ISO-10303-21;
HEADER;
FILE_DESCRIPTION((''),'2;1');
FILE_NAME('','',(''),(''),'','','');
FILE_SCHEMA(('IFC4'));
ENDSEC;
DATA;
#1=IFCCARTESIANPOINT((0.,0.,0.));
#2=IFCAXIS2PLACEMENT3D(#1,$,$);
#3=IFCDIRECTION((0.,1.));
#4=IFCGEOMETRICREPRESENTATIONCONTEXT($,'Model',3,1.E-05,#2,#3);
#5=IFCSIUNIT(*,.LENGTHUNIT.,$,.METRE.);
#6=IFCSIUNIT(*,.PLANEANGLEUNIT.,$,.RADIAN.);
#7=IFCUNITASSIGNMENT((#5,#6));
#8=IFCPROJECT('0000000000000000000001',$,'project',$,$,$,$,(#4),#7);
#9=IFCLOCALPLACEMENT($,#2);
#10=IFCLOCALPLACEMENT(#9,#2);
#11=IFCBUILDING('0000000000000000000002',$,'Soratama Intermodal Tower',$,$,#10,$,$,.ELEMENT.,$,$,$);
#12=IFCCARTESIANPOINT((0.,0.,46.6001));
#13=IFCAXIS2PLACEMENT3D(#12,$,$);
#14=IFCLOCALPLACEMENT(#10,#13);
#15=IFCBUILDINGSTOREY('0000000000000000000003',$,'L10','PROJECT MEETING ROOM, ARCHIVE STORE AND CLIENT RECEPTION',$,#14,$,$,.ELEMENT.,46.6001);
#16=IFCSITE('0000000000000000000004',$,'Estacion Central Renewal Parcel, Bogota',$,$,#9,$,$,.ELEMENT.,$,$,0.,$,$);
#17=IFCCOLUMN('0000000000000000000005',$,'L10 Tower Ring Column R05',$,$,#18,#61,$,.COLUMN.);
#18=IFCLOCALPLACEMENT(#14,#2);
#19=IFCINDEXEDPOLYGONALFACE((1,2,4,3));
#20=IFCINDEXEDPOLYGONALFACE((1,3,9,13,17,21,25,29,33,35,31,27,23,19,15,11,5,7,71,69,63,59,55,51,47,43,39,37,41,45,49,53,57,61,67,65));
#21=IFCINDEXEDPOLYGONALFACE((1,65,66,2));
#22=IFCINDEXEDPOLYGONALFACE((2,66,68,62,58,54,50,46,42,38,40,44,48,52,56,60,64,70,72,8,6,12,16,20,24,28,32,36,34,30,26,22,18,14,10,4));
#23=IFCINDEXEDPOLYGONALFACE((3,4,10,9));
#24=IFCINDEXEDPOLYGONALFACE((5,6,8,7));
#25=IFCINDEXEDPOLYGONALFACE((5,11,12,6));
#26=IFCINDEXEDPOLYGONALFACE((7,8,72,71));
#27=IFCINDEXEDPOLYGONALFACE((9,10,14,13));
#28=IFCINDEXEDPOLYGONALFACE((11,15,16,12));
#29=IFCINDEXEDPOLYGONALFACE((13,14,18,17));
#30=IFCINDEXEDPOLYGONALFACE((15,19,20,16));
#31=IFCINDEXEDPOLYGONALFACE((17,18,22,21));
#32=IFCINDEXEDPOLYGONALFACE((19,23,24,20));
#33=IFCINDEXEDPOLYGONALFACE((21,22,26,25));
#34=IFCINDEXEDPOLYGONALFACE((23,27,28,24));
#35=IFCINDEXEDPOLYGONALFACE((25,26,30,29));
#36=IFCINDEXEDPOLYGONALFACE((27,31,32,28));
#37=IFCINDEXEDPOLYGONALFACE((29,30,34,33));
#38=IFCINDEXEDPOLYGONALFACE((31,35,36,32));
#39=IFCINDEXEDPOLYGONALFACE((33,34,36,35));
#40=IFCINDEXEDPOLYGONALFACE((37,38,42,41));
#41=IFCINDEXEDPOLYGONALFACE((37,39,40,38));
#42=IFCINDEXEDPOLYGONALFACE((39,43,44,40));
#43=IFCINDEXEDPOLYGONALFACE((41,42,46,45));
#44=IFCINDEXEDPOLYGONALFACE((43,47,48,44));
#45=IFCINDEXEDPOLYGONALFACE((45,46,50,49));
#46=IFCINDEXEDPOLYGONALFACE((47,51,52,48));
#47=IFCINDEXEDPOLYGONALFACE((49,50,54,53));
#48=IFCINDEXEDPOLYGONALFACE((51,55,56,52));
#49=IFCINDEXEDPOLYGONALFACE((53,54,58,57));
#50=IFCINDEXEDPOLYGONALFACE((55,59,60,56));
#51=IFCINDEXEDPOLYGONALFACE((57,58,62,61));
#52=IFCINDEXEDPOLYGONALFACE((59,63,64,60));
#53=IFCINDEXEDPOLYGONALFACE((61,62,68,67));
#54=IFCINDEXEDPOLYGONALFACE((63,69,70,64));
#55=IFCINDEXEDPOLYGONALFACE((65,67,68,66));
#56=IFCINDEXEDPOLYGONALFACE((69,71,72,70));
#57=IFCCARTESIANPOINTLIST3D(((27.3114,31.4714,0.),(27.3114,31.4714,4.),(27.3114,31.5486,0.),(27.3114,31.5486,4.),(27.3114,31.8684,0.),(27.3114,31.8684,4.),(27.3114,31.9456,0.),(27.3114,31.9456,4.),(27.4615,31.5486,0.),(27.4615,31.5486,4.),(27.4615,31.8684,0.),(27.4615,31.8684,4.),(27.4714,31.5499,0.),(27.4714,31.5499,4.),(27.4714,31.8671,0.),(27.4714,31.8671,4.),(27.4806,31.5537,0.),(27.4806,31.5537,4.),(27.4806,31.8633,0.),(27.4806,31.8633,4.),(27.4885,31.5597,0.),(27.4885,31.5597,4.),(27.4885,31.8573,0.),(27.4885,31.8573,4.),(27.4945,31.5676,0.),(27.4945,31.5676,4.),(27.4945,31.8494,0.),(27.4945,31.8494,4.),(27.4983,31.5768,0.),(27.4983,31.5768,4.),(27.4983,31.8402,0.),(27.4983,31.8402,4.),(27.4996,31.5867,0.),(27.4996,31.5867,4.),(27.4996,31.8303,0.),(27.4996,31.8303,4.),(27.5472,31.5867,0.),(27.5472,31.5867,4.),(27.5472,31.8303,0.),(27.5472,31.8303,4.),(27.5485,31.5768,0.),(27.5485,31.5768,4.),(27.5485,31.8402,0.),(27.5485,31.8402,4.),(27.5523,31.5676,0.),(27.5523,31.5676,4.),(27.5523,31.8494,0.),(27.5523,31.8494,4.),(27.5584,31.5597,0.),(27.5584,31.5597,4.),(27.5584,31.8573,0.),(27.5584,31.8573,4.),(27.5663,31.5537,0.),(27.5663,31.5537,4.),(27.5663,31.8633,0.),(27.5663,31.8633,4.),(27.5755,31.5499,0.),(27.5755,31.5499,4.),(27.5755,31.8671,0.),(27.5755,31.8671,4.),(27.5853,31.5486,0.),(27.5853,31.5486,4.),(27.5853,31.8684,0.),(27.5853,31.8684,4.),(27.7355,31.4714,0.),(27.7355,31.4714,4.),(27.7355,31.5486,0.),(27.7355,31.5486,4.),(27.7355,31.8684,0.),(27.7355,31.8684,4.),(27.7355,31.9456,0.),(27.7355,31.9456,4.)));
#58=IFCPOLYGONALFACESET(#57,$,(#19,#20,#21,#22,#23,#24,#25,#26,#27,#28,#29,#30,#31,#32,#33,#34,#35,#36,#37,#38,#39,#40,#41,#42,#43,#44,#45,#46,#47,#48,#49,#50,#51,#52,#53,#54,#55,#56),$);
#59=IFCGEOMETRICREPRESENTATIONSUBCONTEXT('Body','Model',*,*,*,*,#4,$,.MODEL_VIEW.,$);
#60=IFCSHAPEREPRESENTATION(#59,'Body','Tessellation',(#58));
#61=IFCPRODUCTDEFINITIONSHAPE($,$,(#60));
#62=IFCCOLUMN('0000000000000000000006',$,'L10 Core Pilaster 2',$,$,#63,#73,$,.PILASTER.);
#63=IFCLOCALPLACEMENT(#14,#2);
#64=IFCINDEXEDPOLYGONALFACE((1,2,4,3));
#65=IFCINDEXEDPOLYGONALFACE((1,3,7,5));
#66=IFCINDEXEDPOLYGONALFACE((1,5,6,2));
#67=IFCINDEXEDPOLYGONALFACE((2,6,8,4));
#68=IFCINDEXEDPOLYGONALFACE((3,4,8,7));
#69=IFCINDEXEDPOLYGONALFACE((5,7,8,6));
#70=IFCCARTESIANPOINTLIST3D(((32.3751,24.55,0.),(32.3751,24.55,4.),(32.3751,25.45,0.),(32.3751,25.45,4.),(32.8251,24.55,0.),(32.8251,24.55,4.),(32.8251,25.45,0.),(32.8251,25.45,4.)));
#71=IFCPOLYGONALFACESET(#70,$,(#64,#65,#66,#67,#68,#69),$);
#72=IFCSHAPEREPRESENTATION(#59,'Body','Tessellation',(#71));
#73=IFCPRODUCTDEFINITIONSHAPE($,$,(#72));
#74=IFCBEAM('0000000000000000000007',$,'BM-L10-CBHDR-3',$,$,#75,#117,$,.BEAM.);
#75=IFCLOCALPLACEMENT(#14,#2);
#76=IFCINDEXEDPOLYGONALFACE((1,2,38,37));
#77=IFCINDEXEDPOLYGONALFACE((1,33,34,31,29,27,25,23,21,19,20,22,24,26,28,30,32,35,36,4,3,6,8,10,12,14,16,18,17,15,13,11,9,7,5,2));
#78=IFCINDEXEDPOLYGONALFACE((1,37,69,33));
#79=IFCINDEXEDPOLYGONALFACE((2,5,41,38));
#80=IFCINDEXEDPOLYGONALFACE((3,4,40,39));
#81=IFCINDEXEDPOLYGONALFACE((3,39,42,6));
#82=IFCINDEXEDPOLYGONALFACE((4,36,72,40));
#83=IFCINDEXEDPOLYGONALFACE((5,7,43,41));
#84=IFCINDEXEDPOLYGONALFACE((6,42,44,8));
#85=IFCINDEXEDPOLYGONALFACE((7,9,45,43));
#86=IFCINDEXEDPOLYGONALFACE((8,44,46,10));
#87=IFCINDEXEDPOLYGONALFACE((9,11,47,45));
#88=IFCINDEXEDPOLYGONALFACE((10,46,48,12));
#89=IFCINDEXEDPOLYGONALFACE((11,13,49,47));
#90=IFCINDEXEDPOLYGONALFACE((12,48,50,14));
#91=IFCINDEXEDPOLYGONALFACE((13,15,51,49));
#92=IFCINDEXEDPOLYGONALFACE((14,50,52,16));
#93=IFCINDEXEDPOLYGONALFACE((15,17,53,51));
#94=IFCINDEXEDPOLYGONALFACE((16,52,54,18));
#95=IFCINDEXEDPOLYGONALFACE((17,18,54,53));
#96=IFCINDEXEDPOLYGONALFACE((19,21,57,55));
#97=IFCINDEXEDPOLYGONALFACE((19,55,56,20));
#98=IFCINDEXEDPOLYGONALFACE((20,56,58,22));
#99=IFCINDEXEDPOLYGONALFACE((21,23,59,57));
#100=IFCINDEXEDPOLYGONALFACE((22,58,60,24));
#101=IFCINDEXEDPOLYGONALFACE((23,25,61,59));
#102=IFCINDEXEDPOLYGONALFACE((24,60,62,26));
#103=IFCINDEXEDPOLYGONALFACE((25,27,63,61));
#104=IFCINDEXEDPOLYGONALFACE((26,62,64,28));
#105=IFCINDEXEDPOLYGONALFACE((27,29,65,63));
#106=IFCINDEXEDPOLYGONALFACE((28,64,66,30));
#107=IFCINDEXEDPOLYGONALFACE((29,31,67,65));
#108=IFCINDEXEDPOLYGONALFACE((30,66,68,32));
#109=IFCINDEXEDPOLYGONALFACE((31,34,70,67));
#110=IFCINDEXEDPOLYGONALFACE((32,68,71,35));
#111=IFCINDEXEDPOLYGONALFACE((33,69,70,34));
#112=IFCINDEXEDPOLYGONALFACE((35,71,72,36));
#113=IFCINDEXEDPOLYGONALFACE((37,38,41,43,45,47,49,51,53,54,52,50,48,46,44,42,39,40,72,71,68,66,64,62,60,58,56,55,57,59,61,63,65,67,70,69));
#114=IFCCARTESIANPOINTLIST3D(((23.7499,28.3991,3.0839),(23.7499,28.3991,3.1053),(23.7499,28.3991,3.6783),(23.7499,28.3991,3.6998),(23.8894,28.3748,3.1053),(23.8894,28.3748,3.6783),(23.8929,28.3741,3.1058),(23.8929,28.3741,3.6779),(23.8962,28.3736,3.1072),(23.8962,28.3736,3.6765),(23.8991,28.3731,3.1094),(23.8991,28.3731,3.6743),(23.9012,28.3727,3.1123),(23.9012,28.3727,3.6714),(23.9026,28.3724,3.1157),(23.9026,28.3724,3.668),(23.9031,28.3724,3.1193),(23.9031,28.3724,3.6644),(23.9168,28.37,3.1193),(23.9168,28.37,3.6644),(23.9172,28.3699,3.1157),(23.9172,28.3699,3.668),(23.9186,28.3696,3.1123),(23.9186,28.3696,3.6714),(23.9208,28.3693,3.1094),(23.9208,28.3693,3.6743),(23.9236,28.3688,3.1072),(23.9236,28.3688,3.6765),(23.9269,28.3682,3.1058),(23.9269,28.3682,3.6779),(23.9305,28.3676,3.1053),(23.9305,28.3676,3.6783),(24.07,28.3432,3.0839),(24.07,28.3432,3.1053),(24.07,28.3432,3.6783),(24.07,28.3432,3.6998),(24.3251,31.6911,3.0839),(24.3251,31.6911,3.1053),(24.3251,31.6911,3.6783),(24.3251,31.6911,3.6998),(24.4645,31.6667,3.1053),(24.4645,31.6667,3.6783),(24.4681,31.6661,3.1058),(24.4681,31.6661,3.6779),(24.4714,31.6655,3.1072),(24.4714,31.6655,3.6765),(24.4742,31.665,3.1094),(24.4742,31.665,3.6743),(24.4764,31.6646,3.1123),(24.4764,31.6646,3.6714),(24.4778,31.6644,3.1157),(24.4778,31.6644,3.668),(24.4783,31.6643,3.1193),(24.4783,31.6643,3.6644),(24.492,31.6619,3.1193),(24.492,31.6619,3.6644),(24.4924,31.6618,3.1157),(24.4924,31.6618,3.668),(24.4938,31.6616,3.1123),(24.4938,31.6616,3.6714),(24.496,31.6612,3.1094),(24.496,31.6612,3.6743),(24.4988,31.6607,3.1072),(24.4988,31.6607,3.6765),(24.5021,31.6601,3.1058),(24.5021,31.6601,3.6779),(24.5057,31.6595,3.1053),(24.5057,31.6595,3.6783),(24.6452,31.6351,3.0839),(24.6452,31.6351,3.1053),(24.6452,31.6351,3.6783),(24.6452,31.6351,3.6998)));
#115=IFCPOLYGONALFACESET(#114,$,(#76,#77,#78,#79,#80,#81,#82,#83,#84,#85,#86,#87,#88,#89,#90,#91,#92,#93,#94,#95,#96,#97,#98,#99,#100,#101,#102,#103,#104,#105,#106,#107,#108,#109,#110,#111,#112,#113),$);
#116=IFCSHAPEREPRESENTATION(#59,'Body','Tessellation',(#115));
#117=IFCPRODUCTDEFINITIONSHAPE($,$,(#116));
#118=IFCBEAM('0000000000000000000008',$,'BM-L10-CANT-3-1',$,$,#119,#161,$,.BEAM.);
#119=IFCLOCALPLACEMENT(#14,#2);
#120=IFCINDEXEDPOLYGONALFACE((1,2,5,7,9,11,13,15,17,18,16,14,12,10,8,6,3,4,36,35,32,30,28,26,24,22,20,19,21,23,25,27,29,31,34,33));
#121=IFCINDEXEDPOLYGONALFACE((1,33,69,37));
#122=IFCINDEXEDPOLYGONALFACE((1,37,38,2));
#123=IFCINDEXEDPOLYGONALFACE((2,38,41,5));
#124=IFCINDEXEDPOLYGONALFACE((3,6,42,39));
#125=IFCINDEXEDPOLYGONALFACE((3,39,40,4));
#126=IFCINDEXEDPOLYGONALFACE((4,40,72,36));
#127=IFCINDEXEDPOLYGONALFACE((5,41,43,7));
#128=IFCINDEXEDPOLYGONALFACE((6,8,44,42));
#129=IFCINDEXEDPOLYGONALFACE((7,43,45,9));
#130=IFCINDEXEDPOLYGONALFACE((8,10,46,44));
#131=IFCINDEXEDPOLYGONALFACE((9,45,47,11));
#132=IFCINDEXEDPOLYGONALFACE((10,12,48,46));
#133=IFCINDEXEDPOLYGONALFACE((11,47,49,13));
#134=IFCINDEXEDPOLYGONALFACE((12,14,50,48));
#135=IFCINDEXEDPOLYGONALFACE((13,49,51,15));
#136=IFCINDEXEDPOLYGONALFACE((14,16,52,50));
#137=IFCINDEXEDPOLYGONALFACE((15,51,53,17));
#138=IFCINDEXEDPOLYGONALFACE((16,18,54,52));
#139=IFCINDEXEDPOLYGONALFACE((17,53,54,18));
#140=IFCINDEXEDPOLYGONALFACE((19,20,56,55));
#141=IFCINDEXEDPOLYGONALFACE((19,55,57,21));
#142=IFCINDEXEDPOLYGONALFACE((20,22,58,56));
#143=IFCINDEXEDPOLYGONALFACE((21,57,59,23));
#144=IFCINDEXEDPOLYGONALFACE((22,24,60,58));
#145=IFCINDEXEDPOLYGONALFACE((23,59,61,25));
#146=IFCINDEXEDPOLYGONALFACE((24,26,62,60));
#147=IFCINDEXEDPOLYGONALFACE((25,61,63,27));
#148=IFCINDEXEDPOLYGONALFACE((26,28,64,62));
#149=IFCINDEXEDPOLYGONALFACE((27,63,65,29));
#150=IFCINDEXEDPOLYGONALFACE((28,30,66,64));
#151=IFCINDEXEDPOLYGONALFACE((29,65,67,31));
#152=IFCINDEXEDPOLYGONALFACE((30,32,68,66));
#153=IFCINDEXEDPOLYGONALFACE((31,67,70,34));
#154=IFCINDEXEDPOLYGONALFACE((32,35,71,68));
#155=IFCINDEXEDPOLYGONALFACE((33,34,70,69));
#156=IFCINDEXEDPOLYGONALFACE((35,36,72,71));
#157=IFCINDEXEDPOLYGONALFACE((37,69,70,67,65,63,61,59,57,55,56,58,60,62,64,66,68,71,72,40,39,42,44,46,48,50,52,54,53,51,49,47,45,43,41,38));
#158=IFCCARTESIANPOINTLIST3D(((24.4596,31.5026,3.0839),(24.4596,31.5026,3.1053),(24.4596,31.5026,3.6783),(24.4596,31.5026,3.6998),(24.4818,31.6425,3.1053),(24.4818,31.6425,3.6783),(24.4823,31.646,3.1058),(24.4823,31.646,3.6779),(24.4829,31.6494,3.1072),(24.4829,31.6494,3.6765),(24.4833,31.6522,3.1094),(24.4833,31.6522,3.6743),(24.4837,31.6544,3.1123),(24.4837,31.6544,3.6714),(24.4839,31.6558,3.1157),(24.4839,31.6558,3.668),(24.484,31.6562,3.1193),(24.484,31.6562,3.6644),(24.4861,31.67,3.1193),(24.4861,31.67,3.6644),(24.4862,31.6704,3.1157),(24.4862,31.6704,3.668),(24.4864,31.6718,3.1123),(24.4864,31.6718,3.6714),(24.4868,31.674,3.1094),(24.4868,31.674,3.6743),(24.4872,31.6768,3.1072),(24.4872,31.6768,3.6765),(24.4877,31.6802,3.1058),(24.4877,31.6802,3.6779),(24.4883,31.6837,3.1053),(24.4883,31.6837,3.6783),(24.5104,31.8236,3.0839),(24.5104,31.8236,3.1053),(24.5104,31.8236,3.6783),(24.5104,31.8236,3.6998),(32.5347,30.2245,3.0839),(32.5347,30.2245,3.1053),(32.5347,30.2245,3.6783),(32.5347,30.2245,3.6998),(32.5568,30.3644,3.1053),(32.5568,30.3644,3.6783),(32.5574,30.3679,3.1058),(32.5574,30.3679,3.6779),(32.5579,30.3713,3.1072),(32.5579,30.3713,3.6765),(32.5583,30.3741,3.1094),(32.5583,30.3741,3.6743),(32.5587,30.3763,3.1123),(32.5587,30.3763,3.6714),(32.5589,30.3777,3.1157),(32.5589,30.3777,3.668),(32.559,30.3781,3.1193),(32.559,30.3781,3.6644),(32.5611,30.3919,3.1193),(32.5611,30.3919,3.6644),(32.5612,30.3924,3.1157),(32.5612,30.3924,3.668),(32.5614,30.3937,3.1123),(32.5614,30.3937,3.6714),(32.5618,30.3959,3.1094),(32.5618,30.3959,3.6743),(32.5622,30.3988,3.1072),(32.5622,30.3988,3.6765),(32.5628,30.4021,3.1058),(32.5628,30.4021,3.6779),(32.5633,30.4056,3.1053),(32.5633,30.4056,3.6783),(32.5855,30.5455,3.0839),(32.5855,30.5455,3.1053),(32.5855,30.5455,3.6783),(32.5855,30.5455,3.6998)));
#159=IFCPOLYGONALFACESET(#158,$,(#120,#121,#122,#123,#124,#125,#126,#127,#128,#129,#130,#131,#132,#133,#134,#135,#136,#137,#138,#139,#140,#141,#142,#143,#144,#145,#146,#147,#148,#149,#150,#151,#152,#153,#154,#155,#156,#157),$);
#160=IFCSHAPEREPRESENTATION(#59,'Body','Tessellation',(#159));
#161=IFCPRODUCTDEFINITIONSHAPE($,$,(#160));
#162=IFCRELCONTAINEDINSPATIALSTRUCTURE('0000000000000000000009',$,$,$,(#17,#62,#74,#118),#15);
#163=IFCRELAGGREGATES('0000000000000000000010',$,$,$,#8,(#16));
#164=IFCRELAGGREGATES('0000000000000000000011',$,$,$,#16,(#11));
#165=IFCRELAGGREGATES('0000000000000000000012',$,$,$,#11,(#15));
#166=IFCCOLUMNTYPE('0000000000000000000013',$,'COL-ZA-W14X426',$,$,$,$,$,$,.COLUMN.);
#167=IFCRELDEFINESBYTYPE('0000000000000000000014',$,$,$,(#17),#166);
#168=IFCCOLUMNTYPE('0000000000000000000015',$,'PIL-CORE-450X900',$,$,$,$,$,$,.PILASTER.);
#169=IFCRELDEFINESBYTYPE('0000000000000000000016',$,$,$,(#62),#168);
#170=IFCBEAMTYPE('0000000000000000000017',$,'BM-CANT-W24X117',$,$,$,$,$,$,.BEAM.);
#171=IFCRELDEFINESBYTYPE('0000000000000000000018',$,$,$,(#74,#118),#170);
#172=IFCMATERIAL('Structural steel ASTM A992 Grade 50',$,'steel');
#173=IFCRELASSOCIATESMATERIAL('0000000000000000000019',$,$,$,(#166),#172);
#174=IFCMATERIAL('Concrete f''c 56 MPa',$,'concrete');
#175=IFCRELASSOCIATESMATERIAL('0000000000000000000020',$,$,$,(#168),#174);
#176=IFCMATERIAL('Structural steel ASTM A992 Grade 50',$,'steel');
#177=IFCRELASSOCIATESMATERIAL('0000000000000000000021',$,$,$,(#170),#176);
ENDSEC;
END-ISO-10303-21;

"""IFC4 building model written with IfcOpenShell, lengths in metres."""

from ifc_helpers import new_model, si_unit, direction, frame, origin, origin_2d, place, context, subcontext, project, spatial, rectangle, i_section, extrude, material, material_profile, profile_set, type_object, element, save


model = new_model("IFC4")

# Units and contexts
model_context = context("Model", 3, precision=1e-05, world=origin(), true_north=direction((0.0, 1.0)))
body_context = subcontext(model_context, "Body", "Model", "MODEL_VIEW")
ifc_project = project(units=[si_unit("LENGTHUNIT", "METRE"), si_unit("PLANEANGLEUNIT", "RADIAN")], contexts=[model_context])

# Site, building, storey
site_placement = place(None, origin())
site = spatial("IfcSite", under=ifc_project, at=site_placement, Name="Estacion Central Renewal Parcel, Bogota", CompositionType="ELEMENT", RefElevation=0.0)
building_placement = place(site_placement, origin())
building = spatial("IfcBuilding", under=site, at=building_placement, Name="Soratama Intermodal Tower", CompositionType="ELEMENT")
storey_placement = place(building_placement, frame((0.0, 0.0, 46.6001)))
storey = spatial("IfcBuildingStorey", under=building, at=storey_placement, Name="L10", Description="PROJECT MEETING ROOM, ARCHIVE STORE AND CLIENT RECEPTION", CompositionType="ELEMENT", Elevation=46.6001)

# Columns
ifc_material_1 = material(Name="Structural steel ASTM A992 Grade 50", Category="steel")
ifc_material_profile_1 = material_profile(ifc_material_1, i_section(OverallWidth=0.4241, OverallDepth=0.4741, WebThickness=0.0476, FlangeThickness=0.0771, FilletRadius=0.0381, at=origin_2d()), Name="W14X426")
ifc_profile_set_1 = profile_set([ifc_material_profile_1], Name="Structural steel ASTM A992 Grade 50")
column_type_1 = type_object("IfcColumnType", Name="COL-ZA-W14X426", PredefinedType="COLUMN", material=ifc_profile_set_1)
column_1_placement = place(storey_placement, frame((27.5234, 31.7085, 0.0), z_axis=(0.0, 0.0, 1.0), x_axis=(1.0, 0.0, 0.0)))
element("IfcColumn", 1, at=column_1_placement, inside=storey, type_object=column_type_1, Name="L10 Tower Ring Column R05", PredefinedType="COLUMN", context=body_context, shape_type="SweptSolid", body=[
    extrude(i_section(OverallWidth=0.4241, OverallDepth=0.4741, WebThickness=0.0476, FlangeThickness=0.0771, FilletRadius=0.0381, at=origin_2d()), origin(), (0.0, 0.0, 1.0), 4.0),
])
ifc_material_2 = material(Name="Concrete f'c 56 MPa", Category="concrete")
ifc_material_profile_2 = material_profile(ifc_material_2, rectangle(XDim=0.45, YDim=0.8999, at=origin_2d()), Name="RC450X900")
ifc_profile_set_2 = profile_set([ifc_material_profile_2], Name="Concrete f'c 56 MPa")
column_type_2 = type_object("IfcColumnType", Name="PIL-CORE-450X900", PredefinedType="PILASTER", material=ifc_profile_set_2)
column_2_placement = place(storey_placement, frame((32.6001, 25.0, 0.0), z_axis=(0.0, 0.0, 1.0), x_axis=(1.0, 0.0, 0.0)))
element("IfcColumn", 2, at=column_2_placement, inside=storey, type_object=column_type_2, Name="L10 Core Pilaster 2", PredefinedType="PILASTER", context=body_context, shape_type="SweptSolid", body=[
    extrude(rectangle(XDim=0.45, YDim=0.8999, at=origin_2d()), origin(), (0.0, 0.0, 1.0), 4.0),
])

# Beams
ifc_material_3 = material(Name="Structural steel ASTM A992 Grade 50", Category="steel")
ifc_material_profile_3 = material_profile(ifc_material_3, i_section(OverallWidth=0.325, OverallDepth=0.616, WebThickness=0.0139, FlangeThickness=0.0215, FilletRadius=0.0139, at=origin_2d()), Name="W24X117")
ifc_profile_set_3 = profile_set([ifc_material_profile_3], Name="Structural steel ASTM A992 Grade 50")
beam_type_1 = type_object("IfcBeamType", Name="BM-CANT-W24X117", PredefinedType="BEAM", material=ifc_profile_set_3)
beam_1_placement = place(storey_placement, frame((24.4851, 31.6631, 3.3918), z_axis=(-0.172118, -0.985076, 0.0), x_axis=(0.985076, -0.172118, 0.0)))
element("IfcBeam", 3, at=beam_1_placement, inside=storey, type_object=beam_type_1, Name="BM-L10-CBHDR-3", PredefinedType="BEAM", context=body_context, shape_type="SweptSolid", body=[
    extrude(i_section(OverallWidth=0.325, OverallDepth=0.616, WebThickness=0.0139, FlangeThickness=0.0215, FilletRadius=0.0139, at=origin_2d()), origin(), (0.0, 0.0, 1.0), 3.3418),
])
beam_2_placement = place(storey_placement, frame((32.5601, 30.385, 3.3918), z_axis=(-0.987705, 0.156331, 0.0), x_axis=(-0.156331, -0.987705, 0.0)))
element("IfcBeam", 4, at=beam_2_placement, inside=storey, type_object=beam_type_1, Name="BM-L10-CANT-3-1", PredefinedType="BEAM", context=body_context, shape_type="SweptSolid", body=[
    extrude(i_section(OverallWidth=0.325, OverallDepth=0.616, WebThickness=0.0139, FlangeThickness=0.0215, FilletRadius=0.0139, at=origin_2d()), origin(), (0.0, 0.0, 1.0), 8.1755),
])

save(model, "model.ifc")
